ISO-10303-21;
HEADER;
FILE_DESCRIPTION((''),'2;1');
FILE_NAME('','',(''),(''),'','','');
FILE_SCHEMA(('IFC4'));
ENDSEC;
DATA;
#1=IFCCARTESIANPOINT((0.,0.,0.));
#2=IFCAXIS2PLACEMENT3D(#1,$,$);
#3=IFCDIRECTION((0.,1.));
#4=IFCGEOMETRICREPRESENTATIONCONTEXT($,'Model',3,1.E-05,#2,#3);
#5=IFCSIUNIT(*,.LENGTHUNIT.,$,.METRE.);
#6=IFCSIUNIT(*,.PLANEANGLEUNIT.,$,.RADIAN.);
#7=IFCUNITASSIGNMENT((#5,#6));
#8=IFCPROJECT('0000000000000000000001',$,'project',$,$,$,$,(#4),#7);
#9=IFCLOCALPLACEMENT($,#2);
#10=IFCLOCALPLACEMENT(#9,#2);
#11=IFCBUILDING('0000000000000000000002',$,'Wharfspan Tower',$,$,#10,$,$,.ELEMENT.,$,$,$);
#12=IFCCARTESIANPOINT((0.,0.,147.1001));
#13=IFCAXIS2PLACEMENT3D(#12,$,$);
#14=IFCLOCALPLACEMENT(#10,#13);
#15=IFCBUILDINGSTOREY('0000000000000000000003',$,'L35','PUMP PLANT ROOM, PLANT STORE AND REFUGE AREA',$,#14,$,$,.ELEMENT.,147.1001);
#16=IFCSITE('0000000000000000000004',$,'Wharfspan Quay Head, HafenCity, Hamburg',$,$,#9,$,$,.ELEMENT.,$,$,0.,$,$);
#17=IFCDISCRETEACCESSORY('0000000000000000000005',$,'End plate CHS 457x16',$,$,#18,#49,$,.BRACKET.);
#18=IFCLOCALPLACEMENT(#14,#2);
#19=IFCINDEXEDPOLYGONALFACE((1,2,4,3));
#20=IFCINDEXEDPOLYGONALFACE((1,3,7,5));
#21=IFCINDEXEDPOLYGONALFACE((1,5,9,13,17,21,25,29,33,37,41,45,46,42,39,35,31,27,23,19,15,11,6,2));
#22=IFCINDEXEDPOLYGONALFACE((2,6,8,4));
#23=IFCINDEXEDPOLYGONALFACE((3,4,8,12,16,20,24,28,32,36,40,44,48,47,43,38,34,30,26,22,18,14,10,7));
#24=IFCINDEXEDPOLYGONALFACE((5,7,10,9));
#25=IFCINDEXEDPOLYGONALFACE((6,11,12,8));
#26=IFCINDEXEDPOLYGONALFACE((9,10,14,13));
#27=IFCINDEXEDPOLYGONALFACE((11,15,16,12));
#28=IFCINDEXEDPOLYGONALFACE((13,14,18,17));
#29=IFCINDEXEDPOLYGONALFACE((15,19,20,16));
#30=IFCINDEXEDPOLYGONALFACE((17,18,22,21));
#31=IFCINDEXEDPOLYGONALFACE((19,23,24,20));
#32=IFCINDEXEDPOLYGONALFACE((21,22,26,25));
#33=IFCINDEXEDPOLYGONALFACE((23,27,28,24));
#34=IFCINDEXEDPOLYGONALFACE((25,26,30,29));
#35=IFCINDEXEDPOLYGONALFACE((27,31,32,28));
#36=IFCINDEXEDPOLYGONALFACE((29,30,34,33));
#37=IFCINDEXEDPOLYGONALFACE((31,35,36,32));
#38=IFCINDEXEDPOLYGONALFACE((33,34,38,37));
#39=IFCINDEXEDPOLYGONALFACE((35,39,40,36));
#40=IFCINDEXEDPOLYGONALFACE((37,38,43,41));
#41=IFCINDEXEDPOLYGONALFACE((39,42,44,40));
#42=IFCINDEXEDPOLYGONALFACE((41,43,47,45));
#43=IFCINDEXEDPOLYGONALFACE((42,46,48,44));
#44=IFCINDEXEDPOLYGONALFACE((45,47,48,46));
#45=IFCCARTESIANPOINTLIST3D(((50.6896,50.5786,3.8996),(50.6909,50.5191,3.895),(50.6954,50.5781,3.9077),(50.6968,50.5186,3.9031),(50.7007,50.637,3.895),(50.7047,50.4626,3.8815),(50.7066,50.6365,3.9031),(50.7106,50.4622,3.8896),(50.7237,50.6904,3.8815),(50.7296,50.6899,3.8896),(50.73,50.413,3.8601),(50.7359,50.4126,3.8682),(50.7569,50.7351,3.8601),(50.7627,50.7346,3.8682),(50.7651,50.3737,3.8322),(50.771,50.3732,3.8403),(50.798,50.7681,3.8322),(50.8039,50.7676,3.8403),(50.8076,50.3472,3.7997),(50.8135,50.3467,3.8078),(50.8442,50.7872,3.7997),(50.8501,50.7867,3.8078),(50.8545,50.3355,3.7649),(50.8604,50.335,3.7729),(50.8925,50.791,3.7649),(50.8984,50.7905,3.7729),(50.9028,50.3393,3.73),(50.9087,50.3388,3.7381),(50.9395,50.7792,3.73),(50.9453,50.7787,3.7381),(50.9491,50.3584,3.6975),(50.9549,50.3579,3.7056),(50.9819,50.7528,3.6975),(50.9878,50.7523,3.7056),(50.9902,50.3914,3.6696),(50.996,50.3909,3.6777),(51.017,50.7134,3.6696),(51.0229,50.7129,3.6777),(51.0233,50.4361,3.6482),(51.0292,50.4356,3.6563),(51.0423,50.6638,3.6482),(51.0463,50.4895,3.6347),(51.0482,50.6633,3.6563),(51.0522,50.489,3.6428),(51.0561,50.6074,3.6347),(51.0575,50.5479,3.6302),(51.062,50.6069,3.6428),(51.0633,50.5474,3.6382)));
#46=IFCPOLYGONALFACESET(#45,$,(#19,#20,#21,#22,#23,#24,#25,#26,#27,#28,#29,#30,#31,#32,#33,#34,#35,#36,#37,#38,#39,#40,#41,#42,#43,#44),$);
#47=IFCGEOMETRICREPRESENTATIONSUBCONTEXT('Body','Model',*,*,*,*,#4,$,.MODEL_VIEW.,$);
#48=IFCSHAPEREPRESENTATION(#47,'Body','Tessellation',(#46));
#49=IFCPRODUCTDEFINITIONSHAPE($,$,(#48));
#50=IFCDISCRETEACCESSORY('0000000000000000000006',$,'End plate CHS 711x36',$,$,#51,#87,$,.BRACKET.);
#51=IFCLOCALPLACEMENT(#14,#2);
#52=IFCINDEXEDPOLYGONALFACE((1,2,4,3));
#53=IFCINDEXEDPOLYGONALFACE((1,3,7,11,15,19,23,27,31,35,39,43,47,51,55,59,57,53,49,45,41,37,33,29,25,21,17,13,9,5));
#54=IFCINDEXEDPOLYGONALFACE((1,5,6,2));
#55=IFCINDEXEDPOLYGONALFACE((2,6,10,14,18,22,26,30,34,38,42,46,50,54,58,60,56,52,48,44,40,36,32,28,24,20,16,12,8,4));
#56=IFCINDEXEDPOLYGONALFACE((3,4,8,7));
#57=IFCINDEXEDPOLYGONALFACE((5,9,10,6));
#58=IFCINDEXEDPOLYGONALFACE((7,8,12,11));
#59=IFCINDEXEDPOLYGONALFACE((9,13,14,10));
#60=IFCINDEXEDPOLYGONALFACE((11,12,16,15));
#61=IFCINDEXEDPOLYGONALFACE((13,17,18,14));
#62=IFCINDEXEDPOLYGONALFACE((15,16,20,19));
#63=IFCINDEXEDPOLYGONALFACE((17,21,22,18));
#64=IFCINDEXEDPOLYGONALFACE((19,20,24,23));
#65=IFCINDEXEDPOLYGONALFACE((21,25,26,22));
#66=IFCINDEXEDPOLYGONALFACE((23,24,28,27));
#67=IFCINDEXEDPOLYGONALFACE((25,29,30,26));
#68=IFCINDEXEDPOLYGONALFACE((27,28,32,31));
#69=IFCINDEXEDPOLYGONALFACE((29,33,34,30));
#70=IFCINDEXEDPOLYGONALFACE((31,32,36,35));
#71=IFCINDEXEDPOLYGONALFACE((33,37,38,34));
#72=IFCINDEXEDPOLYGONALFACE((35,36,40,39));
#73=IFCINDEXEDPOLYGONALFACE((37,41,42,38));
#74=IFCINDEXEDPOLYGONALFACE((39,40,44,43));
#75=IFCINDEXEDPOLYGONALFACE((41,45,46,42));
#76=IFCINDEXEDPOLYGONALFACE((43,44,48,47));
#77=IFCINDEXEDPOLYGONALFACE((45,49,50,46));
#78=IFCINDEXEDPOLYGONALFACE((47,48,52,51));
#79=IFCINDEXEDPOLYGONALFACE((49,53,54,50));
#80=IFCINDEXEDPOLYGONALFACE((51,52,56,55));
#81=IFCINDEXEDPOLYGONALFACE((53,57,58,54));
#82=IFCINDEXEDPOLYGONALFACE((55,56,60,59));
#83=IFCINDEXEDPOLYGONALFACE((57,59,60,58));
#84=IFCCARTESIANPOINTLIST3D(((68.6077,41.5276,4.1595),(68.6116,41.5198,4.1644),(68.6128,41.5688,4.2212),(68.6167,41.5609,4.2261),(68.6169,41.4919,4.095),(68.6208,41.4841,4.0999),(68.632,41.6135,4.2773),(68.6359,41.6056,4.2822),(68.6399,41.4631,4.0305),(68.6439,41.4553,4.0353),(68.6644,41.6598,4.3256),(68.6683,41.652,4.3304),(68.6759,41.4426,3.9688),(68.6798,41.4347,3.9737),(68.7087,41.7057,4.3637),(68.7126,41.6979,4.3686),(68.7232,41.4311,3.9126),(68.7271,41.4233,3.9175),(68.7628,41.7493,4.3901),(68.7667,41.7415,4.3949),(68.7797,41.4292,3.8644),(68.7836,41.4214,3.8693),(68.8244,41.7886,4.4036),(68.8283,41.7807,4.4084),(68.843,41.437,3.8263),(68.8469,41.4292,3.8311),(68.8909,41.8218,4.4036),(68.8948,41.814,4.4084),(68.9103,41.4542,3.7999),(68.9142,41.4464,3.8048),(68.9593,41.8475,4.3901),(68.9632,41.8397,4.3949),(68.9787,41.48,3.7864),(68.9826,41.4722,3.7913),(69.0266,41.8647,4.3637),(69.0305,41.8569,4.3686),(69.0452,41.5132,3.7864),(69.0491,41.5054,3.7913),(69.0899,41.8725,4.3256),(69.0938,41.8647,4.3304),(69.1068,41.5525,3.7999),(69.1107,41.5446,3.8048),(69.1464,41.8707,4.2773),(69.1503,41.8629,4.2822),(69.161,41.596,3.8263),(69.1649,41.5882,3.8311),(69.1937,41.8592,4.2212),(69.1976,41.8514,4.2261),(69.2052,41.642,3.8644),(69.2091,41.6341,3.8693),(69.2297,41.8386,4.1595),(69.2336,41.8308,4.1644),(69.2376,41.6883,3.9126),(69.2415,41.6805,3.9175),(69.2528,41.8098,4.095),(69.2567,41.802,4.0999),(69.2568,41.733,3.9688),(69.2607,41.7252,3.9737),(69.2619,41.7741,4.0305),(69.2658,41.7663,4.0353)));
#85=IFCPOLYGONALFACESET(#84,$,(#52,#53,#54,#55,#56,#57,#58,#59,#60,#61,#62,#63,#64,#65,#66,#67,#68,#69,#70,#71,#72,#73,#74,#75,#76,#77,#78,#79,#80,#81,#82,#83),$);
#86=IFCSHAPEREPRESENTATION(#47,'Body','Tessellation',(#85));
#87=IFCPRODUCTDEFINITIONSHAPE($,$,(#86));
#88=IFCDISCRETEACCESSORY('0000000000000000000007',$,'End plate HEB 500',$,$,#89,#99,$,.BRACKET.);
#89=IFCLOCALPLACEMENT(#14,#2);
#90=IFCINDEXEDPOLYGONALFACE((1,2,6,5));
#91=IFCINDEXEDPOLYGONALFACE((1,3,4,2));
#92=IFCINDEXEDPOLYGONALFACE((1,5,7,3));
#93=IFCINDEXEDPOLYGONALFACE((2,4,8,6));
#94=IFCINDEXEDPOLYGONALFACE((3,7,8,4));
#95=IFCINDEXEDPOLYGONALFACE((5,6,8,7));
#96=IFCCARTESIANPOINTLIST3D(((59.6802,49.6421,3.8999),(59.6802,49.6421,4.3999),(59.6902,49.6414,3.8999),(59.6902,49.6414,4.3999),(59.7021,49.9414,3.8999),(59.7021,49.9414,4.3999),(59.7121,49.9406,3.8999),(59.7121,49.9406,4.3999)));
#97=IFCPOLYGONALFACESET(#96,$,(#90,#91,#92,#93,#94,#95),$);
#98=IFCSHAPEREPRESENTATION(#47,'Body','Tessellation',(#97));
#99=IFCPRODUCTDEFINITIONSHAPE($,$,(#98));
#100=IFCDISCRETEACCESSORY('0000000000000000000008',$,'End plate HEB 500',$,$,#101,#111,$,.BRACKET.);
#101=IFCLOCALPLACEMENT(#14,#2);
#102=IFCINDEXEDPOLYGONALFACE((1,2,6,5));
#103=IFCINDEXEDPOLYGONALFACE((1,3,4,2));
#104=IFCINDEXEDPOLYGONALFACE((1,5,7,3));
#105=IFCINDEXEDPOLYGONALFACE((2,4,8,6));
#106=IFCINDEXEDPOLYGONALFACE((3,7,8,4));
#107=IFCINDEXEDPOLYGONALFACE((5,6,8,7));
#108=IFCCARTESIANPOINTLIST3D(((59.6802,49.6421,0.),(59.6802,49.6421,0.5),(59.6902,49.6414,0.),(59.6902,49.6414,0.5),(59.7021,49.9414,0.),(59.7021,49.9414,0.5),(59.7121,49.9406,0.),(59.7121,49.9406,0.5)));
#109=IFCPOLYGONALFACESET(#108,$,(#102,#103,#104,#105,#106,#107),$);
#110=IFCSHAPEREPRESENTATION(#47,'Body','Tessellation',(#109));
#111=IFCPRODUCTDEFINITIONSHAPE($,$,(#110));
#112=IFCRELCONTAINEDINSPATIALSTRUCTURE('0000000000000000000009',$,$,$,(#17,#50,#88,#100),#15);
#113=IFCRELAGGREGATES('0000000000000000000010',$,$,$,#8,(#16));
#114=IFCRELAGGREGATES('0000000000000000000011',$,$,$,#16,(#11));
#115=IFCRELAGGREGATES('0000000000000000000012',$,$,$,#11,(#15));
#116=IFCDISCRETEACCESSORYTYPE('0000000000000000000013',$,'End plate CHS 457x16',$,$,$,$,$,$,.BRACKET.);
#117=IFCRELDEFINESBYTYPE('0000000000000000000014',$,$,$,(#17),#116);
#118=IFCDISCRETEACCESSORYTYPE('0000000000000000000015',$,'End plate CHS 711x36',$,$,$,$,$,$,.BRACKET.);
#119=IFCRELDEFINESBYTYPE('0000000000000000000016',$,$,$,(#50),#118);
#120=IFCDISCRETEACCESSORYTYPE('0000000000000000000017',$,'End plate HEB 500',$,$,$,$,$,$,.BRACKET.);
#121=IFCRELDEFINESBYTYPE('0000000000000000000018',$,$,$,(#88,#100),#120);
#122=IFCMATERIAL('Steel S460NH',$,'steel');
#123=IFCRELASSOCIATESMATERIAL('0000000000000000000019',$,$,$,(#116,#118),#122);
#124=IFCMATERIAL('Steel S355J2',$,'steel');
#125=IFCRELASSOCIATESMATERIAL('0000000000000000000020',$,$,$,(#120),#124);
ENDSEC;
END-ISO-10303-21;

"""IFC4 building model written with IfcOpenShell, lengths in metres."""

from ifc_helpers import new_model, si_unit, direction, frame, origin, origin_2d, place, context, subcontext, project, spatial, rectangle, circle, extrude, material, material_profile, profile_set, type_object, element, save


model = new_model("IFC4")

# Units and contexts
model_context = context("Model", 3, precision=1e-05, world=origin(), true_north=direction((0.0, 1.0)))
body_context = subcontext(model_context, "Body", "Model", "MODEL_VIEW")
ifc_project = project(units=[si_unit("LENGTHUNIT", "METRE"), si_unit("PLANEANGLEUNIT", "RADIAN")], contexts=[model_context])

# Site, building, storey
site_placement = place(None, origin())
site = spatial("IfcSite", under=ifc_project, at=site_placement, Name="Wharfspan Quay Head, HafenCity, Hamburg", CompositionType="ELEMENT", RefElevation=0.0)
building_placement = place(site_placement, origin())
building = spatial("IfcBuilding", under=site, at=building_placement, Name="Wharfspan Tower", CompositionType="ELEMENT")
storey_placement = place(building_placement, frame((0.0, 0.0, 147.1001)))
storey = spatial("IfcBuildingStorey", under=building, at=storey_placement, Name="L35", Description="PUMP PLANT ROOM, PLANT STORE AND REFUGE AREA", CompositionType="ELEMENT", Elevation=147.1001)

# Shared definitions
ifc_material_1 = material(Name="Steel S355J2", Category="steel")

# Shared definitions
ifc_material_2 = material(Name="Steel S460NH", Category="steel")

# Discrete accessories
ifc_material_profile_1 = material_profile(ifc_material_2, circle(Radius=0.2285, at=origin_2d()))
ifc_profile_set_1 = profile_set([ifc_material_profile_1], Name="Steel S460NH")
discrete_accessory_type_1 = type_object("IfcDiscreteAccessoryType", Name="End plate CHS 457x16", PredefinedType="BRACKET", material=ifc_profile_set_1)
for number, where, z_axis, x_axis, name in (
    (1, (50.8794, 50.5627, 3.7729), (-0.587466, 0.048956, -0.807766), (-0.083046, -0.996542, 0.0), "End plate CHS 457x16"),
):
    element("IfcDiscreteAccessory", number, at=place(storey_placement, frame(where, z_axis=z_axis, x_axis=x_axis)), inside=storey, type_object=discrete_accessory_type_1, Name=name, PredefinedType="BRACKET", context=body_context, shape_type="SweptSolid", body=[
        extrude(circle(Radius=0.2285, at=origin_2d()), origin(), (0.0, 0.0, 1.0), 0.01),
    ])
ifc_material_profile_2 = material_profile(ifc_material_2, circle(Radius=0.3555, at=origin_2d()))
ifc_profile_set_2 = profile_set([ifc_material_profile_2], Name="Steel S460NH")
discrete_accessory_type_2 = type_object("IfcDiscreteAccessoryType", Name="End plate CHS 711x36", PredefinedType="BRACKET", material=ifc_profile_set_2)
discrete_accessory_placement = place(storey_placement, frame((68.9348, 41.6509, 4.095), z_axis=(0.39036, -0.78072, 0.48795), x_axis=(0.894428, 0.447214, 0.0)))
element("IfcDiscreteAccessory", 2, at=discrete_accessory_placement, inside=storey, type_object=discrete_accessory_type_2, Name="End plate CHS 711x36", PredefinedType="BRACKET", context=body_context, shape_type="SweptSolid", body=[
    extrude(circle(Radius=0.3555, at=origin_2d()), origin(), (0.0, 0.0, 1.0), 0.01),
])
ifc_material_profile_3 = material_profile(ifc_material_1, rectangle(XDim=0.3, YDim=0.5, at=origin_2d()))
ifc_profile_set_3 = profile_set([ifc_material_profile_3], Name="Steel S355J2")
discrete_accessory_type_3 = type_object("IfcDiscreteAccessoryType", Name="End plate HEB 500", PredefinedType="BRACKET", material=ifc_profile_set_3)
for number, where, z_axis, x_axis, name in (
    (3, (59.7012, 49.791, 4.1499), (-0.997334, 0.072976, 0.0), (-0.072976, -0.997334, 0.0), "End plate HEB 500"),
    (4, (59.7012, 49.791, 0.25), (-0.997334, 0.072976, 0.0), (-0.072976, -0.997334, 0.0), "End plate HEB 500"),
):
    element("IfcDiscreteAccessory", number, at=place(storey_placement, frame(where, z_axis=z_axis, x_axis=x_axis)), inside=storey, type_object=discrete_accessory_type_3, Name=name, PredefinedType="BRACKET", context=body_context, shape_type="SweptSolid", body=[
        extrude(rectangle(XDim=0.3, YDim=0.5, at=origin_2d()), origin(), (0.0, 0.0, 1.0), 0.01),
    ])

save(model, "model.ifc")
